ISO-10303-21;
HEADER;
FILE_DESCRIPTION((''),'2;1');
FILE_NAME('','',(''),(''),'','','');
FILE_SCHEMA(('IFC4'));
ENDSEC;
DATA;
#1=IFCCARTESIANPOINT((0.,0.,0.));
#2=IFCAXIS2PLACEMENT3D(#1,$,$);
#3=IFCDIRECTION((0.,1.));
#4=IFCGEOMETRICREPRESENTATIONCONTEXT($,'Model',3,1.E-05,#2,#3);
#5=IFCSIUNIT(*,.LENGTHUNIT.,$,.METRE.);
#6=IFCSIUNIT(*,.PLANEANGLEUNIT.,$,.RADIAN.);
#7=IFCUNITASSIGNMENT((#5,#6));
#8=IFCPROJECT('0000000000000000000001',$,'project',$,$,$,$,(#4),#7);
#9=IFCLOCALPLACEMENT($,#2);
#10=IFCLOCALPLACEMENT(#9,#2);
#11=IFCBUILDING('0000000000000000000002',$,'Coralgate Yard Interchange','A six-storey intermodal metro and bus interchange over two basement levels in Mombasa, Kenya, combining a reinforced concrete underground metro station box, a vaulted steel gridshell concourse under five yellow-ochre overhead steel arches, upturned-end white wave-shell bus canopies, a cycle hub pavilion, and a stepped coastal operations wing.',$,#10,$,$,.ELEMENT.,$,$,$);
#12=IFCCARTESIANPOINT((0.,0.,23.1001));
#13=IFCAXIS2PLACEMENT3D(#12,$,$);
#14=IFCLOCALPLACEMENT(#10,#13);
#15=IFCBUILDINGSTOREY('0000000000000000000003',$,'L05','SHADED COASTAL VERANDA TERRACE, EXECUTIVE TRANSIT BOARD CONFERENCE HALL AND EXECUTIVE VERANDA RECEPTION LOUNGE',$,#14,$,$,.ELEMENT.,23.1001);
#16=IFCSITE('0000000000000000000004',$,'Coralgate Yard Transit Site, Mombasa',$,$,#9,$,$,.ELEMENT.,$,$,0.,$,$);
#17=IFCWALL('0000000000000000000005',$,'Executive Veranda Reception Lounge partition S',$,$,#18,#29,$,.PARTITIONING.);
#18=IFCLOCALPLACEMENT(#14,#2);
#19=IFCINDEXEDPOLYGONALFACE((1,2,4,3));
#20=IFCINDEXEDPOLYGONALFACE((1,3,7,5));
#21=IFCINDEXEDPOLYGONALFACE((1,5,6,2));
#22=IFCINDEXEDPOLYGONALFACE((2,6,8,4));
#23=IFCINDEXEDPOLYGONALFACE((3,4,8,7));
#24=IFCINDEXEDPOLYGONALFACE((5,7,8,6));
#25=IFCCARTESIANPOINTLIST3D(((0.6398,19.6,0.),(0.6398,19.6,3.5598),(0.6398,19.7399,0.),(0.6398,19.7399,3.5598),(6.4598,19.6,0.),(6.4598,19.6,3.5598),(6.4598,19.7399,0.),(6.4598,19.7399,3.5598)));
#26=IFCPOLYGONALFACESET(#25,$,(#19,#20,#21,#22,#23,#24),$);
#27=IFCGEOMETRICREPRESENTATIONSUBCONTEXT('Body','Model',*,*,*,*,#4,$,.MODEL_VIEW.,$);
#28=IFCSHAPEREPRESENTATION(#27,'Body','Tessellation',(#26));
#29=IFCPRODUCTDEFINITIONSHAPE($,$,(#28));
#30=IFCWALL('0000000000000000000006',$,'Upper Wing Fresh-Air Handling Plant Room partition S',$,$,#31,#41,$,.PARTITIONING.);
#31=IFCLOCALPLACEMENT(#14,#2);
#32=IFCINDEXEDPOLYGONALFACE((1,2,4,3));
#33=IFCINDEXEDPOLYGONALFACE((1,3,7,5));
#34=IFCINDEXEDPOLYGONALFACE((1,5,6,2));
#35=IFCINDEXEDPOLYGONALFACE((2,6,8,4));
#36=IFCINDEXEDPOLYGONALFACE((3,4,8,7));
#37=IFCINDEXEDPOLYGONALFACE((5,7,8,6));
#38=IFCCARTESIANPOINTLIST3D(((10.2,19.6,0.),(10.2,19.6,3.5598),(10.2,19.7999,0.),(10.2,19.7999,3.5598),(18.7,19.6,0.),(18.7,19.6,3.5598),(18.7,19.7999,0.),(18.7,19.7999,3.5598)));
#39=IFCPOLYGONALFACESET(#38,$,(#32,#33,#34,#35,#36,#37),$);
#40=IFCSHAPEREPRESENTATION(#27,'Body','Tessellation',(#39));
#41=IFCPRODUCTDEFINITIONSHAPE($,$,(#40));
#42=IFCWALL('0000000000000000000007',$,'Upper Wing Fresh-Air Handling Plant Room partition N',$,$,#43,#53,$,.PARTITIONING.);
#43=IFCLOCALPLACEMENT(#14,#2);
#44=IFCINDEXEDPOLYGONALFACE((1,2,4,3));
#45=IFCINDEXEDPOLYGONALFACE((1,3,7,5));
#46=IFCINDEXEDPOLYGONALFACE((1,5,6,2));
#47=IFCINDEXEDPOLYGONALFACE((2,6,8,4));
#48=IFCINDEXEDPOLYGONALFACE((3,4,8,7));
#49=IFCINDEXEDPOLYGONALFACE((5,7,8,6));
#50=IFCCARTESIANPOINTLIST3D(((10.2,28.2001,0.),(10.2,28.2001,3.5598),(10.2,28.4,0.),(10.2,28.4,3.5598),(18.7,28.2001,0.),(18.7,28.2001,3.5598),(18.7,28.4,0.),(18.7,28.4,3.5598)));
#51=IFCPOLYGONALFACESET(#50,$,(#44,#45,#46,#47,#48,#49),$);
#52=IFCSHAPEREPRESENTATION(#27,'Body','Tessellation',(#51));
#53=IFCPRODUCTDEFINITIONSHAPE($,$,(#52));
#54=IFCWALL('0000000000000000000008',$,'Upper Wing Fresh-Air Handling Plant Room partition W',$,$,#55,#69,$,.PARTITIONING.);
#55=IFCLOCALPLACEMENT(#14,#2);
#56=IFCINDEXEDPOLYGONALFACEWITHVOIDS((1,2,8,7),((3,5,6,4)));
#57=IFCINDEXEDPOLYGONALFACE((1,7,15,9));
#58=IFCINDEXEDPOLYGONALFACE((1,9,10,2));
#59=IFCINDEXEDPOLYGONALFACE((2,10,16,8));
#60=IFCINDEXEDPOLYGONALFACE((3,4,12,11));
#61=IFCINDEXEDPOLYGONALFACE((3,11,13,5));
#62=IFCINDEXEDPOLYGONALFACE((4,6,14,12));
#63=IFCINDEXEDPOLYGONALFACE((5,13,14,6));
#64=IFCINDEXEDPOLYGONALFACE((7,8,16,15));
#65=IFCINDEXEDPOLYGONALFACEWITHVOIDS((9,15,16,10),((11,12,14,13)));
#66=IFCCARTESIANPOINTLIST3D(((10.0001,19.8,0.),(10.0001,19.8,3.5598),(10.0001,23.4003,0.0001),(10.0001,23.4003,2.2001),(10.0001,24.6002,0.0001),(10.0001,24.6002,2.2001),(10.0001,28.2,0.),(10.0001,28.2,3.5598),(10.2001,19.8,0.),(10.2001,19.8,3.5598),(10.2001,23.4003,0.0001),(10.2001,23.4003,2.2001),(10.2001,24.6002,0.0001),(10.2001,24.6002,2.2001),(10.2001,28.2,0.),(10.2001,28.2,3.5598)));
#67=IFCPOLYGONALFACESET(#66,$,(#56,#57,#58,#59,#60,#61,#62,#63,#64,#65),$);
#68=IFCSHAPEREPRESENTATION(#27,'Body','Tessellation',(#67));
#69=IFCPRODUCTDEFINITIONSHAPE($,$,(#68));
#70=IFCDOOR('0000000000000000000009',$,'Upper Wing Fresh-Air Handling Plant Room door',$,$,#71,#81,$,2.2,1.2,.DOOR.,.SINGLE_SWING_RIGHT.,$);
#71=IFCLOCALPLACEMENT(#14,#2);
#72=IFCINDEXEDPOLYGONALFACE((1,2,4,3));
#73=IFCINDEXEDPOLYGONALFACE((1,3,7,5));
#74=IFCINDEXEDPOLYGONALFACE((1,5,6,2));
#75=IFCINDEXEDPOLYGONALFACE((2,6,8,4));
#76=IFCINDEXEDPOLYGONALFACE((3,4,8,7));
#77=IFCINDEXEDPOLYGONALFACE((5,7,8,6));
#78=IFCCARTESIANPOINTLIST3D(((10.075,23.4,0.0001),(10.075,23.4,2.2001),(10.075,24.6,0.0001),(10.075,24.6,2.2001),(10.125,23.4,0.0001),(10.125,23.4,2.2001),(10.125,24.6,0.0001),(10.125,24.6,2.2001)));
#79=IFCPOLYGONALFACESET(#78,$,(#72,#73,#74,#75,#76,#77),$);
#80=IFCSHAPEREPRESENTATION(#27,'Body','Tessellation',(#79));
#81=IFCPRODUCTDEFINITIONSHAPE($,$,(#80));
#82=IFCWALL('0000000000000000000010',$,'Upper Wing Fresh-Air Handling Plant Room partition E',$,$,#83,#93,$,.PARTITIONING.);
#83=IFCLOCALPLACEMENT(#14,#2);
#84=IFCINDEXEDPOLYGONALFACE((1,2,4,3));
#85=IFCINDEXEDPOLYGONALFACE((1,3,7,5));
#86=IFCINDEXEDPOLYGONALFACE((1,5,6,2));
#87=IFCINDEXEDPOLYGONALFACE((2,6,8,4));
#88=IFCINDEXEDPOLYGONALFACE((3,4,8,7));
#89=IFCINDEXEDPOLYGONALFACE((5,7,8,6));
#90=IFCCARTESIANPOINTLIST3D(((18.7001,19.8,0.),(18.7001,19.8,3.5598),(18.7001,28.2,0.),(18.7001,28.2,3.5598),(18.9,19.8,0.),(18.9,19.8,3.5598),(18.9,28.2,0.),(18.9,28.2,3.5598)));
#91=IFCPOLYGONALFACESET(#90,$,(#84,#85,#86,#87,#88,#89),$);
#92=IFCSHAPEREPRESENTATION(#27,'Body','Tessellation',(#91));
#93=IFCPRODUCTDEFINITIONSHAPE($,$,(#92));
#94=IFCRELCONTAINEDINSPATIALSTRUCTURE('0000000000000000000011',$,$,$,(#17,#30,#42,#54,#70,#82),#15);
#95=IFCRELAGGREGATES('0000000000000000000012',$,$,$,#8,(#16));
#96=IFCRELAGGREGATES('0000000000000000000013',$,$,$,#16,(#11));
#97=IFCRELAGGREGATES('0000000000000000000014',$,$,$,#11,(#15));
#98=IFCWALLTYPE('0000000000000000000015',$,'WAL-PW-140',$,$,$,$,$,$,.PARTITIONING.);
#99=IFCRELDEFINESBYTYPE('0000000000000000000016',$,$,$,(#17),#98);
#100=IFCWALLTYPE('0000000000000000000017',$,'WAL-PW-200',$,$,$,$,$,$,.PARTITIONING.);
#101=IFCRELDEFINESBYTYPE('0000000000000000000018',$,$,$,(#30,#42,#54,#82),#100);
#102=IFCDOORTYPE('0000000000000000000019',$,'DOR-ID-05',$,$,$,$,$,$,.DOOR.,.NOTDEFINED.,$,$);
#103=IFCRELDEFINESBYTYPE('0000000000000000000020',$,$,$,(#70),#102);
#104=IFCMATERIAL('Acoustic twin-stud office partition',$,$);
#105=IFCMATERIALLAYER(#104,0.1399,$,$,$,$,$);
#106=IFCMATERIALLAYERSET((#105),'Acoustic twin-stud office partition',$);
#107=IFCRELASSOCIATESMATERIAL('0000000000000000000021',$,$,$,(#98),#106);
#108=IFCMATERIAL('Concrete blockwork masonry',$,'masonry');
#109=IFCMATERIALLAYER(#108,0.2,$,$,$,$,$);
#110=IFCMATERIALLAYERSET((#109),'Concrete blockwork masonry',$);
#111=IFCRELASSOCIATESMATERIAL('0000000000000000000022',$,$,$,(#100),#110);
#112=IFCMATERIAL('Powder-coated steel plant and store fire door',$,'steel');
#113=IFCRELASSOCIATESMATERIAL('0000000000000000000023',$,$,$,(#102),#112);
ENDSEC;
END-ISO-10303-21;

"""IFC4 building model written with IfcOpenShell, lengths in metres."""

from ifc_helpers import new_model, si_unit, direction, frame, frame_2d, origin, place, context, subcontext, project, spatial, rectangle, extrude, material, layer, layer_set, type_object, element, fill, save


model = new_model("IFC4")

# Units and contexts
model_context = context("Model", 3, precision=1e-05, world=origin(), true_north=direction((0.0, 1.0)))
body_context = subcontext(model_context, "Body", "Model", "MODEL_VIEW")
ifc_project = project(units=[si_unit("LENGTHUNIT", "METRE"), si_unit("PLANEANGLEUNIT", "RADIAN")], contexts=[model_context])

# Site, building, storey
site_placement = place(None, origin())
site = spatial("IfcSite", under=ifc_project, at=site_placement, Name="Coralgate Yard Transit Site, Mombasa", CompositionType="ELEMENT", RefElevation=0.0)
building_placement = place(site_placement, origin())
building = spatial("IfcBuilding", under=site, at=building_placement, Name="Coralgate Yard Interchange", Description="A six-storey intermodal metro and bus interchange over two basement levels in Mombasa, Kenya, combining a reinforced concrete underground metro station box, a vaulted steel gridshell concourse under five yellow-ochre overhead steel arches, upturned-end white wave-shell bus canopies, a cycle hub pavilion, and a stepped coastal operations wing.", CompositionType="ELEMENT")
storey_placement = place(building_placement, frame((0.0, 0.0, 23.1001)))
storey = spatial("IfcBuildingStorey", under=building, at=storey_placement, Name="L05", Description="SHADED COASTAL VERANDA TERRACE, EXECUTIVE TRANSIT BOARD CONFERENCE HALL AND EXECUTIVE VERANDA RECEPTION LOUNGE", CompositionType="ELEMENT", Elevation=23.1001)

# Walls
ifc_material_1 = material(Name="Acoustic twin-stud office partition")
ifc_layer_1 = layer(ifc_material_1, 0.1399)
ifc_layer_set_1 = layer_set([ifc_layer_1], Name="Acoustic twin-stud office partition")
wall_type_1 = type_object("IfcWallType", Name="WAL-PW-140", PredefinedType="PARTITIONING", material=ifc_layer_set_1)
wall_1_placement = place(storey_placement, frame((6.46, 19.6699, 0.0), z_axis=(0.0, 0.0, 1.0), x_axis=(-1.0, 0.0, 0.0)))
element("IfcWall", 1, at=wall_1_placement, inside=storey, type_object=wall_type_1, Name="Executive Veranda Reception Lounge partition S", PredefinedType="PARTITIONING", context=body_context, shape_type="SweptSolid", body=[
    extrude(rectangle(XDim=5.8201, YDim=0.1399, at=frame_2d((2.9102, 0.0))), origin(), (0.0, 0.0, 1.0), 3.5598),
])
ifc_material_2 = material(Name="Concrete blockwork masonry", Category="masonry")
ifc_layer_2 = layer(ifc_material_2, 0.2)
ifc_layer_set_2 = layer_set([ifc_layer_2], Name="Concrete blockwork masonry")
wall_type_2 = type_object("IfcWallType", Name="WAL-PW-200", PredefinedType="PARTITIONING", material=ifc_layer_set_2)
for number, where, z_axis, x_axis, name in (
    (2, (18.7, 19.7, 0.0), (0.0, 0.0, 1.0), (-1.0, 0.0, 0.0), "Upper Wing Fresh-Air Handling Plant Room partition S"),
    (3, (10.2, 28.3, 0.0), (0.0, 0.0, 1.0), (1.0, 0.0, 0.0), "Upper Wing Fresh-Air Handling Plant Room partition N"),
):
    element("IfcWall", number, at=place(storey_placement, frame(where, z_axis=z_axis, x_axis=x_axis)), inside=storey, type_object=wall_type_2, Name=name, PredefinedType="PARTITIONING", context=body_context, shape_type="SweptSolid", body=[
        extrude(rectangle(XDim=8.5, YDim=0.2, at=frame_2d((4.25, 0.0))), origin(), (0.0, 0.0, 1.0), 3.5598),
    ])

# Wall, opening, door
wall_2_placement = place(storey_placement, frame((10.1001, 19.8, 0.0), z_axis=(0.0, 0.0, 1.0), x_axis=(0.0, 1.0, 0.0)))
wall_2 = element("IfcWall", 4, at=wall_2_placement, inside=storey, type_object=wall_type_2, Name="Upper Wing Fresh-Air Handling Plant Room partition W", PredefinedType="PARTITIONING", context=body_context, shape_type="SweptSolid", body=[
    extrude(rectangle(XDim=8.3999, YDim=0.2, at=frame_2d((4.2, 0.0))), origin(), (0.0, 0.0, 1.0), 3.5598),
])
opening_placement = place(wall_2_placement, frame((3.6001, 0.0, 0.0)))
opening = element("IfcOpeningElement", 5, at=opening_placement, cuts=wall_2, PredefinedType="OPENING", context=body_context, shape_type="SweptSolid", body=[
    extrude(rectangle(XDim=1.2, YDim=2.2, at=frame_2d((0.6001, 1.1001))), frame((0.0, 0.1099, 0.0), z_axis=(0.0, -1.0, 0.0), x_axis=(1.0, 0.0, 0.0)), (0.0, 0.0, 1.0), 0.22),
])
ifc_material_3 = material(Name="Powder-coated steel plant and store fire door", Category="steel")
door_type = type_object("IfcDoorType", Name="DOR-ID-05", OperationType="NOTDEFINED", PredefinedType="DOOR", material=ifc_material_3)
door_placement = place(opening_placement, frame((1.2, 0.0, 0.0), z_axis=(0.0, 0.0, 1.0), x_axis=(-1.0, 0.0, 0.0)))
door = element("IfcDoor", 6, at=door_placement, inside=storey, type_object=door_type, Name="Upper Wing Fresh-Air Handling Plant Room door", OperationType="SINGLE_SWING_RIGHT", OverallHeight=2.2, OverallWidth=1.2, PredefinedType="DOOR", context=body_context, shape_type="SweptSolid", body=[
    extrude(rectangle(XDim=1.2, YDim=2.2, at=frame_2d((0.6001, 1.1001))), frame((0.0, 0.0249, 0.0), z_axis=(0.0, -1.0, 0.0), x_axis=(1.0, 0.0, 0.0)), (0.0, 0.0, 1.0), 0.05),
])
fill(opening, door)

# Wall
wall_3_placement = place(storey_placement, frame((18.8, 28.2, 0.0), z_axis=(0.0, 0.0, 1.0), x_axis=(0.0, -1.0, 0.0)))
element("IfcWall", 7, at=wall_3_placement, inside=storey, type_object=wall_type_2, Name="Upper Wing Fresh-Air Handling Plant Room partition E", PredefinedType="PARTITIONING", context=body_context, shape_type="SweptSolid", body=[
    extrude(rectangle(XDim=8.3999, YDim=0.2, at=frame_2d((4.2, 0.0))), origin(), (0.0, 0.0, 1.0), 3.5598),
])

save(model, "model.ifc")
